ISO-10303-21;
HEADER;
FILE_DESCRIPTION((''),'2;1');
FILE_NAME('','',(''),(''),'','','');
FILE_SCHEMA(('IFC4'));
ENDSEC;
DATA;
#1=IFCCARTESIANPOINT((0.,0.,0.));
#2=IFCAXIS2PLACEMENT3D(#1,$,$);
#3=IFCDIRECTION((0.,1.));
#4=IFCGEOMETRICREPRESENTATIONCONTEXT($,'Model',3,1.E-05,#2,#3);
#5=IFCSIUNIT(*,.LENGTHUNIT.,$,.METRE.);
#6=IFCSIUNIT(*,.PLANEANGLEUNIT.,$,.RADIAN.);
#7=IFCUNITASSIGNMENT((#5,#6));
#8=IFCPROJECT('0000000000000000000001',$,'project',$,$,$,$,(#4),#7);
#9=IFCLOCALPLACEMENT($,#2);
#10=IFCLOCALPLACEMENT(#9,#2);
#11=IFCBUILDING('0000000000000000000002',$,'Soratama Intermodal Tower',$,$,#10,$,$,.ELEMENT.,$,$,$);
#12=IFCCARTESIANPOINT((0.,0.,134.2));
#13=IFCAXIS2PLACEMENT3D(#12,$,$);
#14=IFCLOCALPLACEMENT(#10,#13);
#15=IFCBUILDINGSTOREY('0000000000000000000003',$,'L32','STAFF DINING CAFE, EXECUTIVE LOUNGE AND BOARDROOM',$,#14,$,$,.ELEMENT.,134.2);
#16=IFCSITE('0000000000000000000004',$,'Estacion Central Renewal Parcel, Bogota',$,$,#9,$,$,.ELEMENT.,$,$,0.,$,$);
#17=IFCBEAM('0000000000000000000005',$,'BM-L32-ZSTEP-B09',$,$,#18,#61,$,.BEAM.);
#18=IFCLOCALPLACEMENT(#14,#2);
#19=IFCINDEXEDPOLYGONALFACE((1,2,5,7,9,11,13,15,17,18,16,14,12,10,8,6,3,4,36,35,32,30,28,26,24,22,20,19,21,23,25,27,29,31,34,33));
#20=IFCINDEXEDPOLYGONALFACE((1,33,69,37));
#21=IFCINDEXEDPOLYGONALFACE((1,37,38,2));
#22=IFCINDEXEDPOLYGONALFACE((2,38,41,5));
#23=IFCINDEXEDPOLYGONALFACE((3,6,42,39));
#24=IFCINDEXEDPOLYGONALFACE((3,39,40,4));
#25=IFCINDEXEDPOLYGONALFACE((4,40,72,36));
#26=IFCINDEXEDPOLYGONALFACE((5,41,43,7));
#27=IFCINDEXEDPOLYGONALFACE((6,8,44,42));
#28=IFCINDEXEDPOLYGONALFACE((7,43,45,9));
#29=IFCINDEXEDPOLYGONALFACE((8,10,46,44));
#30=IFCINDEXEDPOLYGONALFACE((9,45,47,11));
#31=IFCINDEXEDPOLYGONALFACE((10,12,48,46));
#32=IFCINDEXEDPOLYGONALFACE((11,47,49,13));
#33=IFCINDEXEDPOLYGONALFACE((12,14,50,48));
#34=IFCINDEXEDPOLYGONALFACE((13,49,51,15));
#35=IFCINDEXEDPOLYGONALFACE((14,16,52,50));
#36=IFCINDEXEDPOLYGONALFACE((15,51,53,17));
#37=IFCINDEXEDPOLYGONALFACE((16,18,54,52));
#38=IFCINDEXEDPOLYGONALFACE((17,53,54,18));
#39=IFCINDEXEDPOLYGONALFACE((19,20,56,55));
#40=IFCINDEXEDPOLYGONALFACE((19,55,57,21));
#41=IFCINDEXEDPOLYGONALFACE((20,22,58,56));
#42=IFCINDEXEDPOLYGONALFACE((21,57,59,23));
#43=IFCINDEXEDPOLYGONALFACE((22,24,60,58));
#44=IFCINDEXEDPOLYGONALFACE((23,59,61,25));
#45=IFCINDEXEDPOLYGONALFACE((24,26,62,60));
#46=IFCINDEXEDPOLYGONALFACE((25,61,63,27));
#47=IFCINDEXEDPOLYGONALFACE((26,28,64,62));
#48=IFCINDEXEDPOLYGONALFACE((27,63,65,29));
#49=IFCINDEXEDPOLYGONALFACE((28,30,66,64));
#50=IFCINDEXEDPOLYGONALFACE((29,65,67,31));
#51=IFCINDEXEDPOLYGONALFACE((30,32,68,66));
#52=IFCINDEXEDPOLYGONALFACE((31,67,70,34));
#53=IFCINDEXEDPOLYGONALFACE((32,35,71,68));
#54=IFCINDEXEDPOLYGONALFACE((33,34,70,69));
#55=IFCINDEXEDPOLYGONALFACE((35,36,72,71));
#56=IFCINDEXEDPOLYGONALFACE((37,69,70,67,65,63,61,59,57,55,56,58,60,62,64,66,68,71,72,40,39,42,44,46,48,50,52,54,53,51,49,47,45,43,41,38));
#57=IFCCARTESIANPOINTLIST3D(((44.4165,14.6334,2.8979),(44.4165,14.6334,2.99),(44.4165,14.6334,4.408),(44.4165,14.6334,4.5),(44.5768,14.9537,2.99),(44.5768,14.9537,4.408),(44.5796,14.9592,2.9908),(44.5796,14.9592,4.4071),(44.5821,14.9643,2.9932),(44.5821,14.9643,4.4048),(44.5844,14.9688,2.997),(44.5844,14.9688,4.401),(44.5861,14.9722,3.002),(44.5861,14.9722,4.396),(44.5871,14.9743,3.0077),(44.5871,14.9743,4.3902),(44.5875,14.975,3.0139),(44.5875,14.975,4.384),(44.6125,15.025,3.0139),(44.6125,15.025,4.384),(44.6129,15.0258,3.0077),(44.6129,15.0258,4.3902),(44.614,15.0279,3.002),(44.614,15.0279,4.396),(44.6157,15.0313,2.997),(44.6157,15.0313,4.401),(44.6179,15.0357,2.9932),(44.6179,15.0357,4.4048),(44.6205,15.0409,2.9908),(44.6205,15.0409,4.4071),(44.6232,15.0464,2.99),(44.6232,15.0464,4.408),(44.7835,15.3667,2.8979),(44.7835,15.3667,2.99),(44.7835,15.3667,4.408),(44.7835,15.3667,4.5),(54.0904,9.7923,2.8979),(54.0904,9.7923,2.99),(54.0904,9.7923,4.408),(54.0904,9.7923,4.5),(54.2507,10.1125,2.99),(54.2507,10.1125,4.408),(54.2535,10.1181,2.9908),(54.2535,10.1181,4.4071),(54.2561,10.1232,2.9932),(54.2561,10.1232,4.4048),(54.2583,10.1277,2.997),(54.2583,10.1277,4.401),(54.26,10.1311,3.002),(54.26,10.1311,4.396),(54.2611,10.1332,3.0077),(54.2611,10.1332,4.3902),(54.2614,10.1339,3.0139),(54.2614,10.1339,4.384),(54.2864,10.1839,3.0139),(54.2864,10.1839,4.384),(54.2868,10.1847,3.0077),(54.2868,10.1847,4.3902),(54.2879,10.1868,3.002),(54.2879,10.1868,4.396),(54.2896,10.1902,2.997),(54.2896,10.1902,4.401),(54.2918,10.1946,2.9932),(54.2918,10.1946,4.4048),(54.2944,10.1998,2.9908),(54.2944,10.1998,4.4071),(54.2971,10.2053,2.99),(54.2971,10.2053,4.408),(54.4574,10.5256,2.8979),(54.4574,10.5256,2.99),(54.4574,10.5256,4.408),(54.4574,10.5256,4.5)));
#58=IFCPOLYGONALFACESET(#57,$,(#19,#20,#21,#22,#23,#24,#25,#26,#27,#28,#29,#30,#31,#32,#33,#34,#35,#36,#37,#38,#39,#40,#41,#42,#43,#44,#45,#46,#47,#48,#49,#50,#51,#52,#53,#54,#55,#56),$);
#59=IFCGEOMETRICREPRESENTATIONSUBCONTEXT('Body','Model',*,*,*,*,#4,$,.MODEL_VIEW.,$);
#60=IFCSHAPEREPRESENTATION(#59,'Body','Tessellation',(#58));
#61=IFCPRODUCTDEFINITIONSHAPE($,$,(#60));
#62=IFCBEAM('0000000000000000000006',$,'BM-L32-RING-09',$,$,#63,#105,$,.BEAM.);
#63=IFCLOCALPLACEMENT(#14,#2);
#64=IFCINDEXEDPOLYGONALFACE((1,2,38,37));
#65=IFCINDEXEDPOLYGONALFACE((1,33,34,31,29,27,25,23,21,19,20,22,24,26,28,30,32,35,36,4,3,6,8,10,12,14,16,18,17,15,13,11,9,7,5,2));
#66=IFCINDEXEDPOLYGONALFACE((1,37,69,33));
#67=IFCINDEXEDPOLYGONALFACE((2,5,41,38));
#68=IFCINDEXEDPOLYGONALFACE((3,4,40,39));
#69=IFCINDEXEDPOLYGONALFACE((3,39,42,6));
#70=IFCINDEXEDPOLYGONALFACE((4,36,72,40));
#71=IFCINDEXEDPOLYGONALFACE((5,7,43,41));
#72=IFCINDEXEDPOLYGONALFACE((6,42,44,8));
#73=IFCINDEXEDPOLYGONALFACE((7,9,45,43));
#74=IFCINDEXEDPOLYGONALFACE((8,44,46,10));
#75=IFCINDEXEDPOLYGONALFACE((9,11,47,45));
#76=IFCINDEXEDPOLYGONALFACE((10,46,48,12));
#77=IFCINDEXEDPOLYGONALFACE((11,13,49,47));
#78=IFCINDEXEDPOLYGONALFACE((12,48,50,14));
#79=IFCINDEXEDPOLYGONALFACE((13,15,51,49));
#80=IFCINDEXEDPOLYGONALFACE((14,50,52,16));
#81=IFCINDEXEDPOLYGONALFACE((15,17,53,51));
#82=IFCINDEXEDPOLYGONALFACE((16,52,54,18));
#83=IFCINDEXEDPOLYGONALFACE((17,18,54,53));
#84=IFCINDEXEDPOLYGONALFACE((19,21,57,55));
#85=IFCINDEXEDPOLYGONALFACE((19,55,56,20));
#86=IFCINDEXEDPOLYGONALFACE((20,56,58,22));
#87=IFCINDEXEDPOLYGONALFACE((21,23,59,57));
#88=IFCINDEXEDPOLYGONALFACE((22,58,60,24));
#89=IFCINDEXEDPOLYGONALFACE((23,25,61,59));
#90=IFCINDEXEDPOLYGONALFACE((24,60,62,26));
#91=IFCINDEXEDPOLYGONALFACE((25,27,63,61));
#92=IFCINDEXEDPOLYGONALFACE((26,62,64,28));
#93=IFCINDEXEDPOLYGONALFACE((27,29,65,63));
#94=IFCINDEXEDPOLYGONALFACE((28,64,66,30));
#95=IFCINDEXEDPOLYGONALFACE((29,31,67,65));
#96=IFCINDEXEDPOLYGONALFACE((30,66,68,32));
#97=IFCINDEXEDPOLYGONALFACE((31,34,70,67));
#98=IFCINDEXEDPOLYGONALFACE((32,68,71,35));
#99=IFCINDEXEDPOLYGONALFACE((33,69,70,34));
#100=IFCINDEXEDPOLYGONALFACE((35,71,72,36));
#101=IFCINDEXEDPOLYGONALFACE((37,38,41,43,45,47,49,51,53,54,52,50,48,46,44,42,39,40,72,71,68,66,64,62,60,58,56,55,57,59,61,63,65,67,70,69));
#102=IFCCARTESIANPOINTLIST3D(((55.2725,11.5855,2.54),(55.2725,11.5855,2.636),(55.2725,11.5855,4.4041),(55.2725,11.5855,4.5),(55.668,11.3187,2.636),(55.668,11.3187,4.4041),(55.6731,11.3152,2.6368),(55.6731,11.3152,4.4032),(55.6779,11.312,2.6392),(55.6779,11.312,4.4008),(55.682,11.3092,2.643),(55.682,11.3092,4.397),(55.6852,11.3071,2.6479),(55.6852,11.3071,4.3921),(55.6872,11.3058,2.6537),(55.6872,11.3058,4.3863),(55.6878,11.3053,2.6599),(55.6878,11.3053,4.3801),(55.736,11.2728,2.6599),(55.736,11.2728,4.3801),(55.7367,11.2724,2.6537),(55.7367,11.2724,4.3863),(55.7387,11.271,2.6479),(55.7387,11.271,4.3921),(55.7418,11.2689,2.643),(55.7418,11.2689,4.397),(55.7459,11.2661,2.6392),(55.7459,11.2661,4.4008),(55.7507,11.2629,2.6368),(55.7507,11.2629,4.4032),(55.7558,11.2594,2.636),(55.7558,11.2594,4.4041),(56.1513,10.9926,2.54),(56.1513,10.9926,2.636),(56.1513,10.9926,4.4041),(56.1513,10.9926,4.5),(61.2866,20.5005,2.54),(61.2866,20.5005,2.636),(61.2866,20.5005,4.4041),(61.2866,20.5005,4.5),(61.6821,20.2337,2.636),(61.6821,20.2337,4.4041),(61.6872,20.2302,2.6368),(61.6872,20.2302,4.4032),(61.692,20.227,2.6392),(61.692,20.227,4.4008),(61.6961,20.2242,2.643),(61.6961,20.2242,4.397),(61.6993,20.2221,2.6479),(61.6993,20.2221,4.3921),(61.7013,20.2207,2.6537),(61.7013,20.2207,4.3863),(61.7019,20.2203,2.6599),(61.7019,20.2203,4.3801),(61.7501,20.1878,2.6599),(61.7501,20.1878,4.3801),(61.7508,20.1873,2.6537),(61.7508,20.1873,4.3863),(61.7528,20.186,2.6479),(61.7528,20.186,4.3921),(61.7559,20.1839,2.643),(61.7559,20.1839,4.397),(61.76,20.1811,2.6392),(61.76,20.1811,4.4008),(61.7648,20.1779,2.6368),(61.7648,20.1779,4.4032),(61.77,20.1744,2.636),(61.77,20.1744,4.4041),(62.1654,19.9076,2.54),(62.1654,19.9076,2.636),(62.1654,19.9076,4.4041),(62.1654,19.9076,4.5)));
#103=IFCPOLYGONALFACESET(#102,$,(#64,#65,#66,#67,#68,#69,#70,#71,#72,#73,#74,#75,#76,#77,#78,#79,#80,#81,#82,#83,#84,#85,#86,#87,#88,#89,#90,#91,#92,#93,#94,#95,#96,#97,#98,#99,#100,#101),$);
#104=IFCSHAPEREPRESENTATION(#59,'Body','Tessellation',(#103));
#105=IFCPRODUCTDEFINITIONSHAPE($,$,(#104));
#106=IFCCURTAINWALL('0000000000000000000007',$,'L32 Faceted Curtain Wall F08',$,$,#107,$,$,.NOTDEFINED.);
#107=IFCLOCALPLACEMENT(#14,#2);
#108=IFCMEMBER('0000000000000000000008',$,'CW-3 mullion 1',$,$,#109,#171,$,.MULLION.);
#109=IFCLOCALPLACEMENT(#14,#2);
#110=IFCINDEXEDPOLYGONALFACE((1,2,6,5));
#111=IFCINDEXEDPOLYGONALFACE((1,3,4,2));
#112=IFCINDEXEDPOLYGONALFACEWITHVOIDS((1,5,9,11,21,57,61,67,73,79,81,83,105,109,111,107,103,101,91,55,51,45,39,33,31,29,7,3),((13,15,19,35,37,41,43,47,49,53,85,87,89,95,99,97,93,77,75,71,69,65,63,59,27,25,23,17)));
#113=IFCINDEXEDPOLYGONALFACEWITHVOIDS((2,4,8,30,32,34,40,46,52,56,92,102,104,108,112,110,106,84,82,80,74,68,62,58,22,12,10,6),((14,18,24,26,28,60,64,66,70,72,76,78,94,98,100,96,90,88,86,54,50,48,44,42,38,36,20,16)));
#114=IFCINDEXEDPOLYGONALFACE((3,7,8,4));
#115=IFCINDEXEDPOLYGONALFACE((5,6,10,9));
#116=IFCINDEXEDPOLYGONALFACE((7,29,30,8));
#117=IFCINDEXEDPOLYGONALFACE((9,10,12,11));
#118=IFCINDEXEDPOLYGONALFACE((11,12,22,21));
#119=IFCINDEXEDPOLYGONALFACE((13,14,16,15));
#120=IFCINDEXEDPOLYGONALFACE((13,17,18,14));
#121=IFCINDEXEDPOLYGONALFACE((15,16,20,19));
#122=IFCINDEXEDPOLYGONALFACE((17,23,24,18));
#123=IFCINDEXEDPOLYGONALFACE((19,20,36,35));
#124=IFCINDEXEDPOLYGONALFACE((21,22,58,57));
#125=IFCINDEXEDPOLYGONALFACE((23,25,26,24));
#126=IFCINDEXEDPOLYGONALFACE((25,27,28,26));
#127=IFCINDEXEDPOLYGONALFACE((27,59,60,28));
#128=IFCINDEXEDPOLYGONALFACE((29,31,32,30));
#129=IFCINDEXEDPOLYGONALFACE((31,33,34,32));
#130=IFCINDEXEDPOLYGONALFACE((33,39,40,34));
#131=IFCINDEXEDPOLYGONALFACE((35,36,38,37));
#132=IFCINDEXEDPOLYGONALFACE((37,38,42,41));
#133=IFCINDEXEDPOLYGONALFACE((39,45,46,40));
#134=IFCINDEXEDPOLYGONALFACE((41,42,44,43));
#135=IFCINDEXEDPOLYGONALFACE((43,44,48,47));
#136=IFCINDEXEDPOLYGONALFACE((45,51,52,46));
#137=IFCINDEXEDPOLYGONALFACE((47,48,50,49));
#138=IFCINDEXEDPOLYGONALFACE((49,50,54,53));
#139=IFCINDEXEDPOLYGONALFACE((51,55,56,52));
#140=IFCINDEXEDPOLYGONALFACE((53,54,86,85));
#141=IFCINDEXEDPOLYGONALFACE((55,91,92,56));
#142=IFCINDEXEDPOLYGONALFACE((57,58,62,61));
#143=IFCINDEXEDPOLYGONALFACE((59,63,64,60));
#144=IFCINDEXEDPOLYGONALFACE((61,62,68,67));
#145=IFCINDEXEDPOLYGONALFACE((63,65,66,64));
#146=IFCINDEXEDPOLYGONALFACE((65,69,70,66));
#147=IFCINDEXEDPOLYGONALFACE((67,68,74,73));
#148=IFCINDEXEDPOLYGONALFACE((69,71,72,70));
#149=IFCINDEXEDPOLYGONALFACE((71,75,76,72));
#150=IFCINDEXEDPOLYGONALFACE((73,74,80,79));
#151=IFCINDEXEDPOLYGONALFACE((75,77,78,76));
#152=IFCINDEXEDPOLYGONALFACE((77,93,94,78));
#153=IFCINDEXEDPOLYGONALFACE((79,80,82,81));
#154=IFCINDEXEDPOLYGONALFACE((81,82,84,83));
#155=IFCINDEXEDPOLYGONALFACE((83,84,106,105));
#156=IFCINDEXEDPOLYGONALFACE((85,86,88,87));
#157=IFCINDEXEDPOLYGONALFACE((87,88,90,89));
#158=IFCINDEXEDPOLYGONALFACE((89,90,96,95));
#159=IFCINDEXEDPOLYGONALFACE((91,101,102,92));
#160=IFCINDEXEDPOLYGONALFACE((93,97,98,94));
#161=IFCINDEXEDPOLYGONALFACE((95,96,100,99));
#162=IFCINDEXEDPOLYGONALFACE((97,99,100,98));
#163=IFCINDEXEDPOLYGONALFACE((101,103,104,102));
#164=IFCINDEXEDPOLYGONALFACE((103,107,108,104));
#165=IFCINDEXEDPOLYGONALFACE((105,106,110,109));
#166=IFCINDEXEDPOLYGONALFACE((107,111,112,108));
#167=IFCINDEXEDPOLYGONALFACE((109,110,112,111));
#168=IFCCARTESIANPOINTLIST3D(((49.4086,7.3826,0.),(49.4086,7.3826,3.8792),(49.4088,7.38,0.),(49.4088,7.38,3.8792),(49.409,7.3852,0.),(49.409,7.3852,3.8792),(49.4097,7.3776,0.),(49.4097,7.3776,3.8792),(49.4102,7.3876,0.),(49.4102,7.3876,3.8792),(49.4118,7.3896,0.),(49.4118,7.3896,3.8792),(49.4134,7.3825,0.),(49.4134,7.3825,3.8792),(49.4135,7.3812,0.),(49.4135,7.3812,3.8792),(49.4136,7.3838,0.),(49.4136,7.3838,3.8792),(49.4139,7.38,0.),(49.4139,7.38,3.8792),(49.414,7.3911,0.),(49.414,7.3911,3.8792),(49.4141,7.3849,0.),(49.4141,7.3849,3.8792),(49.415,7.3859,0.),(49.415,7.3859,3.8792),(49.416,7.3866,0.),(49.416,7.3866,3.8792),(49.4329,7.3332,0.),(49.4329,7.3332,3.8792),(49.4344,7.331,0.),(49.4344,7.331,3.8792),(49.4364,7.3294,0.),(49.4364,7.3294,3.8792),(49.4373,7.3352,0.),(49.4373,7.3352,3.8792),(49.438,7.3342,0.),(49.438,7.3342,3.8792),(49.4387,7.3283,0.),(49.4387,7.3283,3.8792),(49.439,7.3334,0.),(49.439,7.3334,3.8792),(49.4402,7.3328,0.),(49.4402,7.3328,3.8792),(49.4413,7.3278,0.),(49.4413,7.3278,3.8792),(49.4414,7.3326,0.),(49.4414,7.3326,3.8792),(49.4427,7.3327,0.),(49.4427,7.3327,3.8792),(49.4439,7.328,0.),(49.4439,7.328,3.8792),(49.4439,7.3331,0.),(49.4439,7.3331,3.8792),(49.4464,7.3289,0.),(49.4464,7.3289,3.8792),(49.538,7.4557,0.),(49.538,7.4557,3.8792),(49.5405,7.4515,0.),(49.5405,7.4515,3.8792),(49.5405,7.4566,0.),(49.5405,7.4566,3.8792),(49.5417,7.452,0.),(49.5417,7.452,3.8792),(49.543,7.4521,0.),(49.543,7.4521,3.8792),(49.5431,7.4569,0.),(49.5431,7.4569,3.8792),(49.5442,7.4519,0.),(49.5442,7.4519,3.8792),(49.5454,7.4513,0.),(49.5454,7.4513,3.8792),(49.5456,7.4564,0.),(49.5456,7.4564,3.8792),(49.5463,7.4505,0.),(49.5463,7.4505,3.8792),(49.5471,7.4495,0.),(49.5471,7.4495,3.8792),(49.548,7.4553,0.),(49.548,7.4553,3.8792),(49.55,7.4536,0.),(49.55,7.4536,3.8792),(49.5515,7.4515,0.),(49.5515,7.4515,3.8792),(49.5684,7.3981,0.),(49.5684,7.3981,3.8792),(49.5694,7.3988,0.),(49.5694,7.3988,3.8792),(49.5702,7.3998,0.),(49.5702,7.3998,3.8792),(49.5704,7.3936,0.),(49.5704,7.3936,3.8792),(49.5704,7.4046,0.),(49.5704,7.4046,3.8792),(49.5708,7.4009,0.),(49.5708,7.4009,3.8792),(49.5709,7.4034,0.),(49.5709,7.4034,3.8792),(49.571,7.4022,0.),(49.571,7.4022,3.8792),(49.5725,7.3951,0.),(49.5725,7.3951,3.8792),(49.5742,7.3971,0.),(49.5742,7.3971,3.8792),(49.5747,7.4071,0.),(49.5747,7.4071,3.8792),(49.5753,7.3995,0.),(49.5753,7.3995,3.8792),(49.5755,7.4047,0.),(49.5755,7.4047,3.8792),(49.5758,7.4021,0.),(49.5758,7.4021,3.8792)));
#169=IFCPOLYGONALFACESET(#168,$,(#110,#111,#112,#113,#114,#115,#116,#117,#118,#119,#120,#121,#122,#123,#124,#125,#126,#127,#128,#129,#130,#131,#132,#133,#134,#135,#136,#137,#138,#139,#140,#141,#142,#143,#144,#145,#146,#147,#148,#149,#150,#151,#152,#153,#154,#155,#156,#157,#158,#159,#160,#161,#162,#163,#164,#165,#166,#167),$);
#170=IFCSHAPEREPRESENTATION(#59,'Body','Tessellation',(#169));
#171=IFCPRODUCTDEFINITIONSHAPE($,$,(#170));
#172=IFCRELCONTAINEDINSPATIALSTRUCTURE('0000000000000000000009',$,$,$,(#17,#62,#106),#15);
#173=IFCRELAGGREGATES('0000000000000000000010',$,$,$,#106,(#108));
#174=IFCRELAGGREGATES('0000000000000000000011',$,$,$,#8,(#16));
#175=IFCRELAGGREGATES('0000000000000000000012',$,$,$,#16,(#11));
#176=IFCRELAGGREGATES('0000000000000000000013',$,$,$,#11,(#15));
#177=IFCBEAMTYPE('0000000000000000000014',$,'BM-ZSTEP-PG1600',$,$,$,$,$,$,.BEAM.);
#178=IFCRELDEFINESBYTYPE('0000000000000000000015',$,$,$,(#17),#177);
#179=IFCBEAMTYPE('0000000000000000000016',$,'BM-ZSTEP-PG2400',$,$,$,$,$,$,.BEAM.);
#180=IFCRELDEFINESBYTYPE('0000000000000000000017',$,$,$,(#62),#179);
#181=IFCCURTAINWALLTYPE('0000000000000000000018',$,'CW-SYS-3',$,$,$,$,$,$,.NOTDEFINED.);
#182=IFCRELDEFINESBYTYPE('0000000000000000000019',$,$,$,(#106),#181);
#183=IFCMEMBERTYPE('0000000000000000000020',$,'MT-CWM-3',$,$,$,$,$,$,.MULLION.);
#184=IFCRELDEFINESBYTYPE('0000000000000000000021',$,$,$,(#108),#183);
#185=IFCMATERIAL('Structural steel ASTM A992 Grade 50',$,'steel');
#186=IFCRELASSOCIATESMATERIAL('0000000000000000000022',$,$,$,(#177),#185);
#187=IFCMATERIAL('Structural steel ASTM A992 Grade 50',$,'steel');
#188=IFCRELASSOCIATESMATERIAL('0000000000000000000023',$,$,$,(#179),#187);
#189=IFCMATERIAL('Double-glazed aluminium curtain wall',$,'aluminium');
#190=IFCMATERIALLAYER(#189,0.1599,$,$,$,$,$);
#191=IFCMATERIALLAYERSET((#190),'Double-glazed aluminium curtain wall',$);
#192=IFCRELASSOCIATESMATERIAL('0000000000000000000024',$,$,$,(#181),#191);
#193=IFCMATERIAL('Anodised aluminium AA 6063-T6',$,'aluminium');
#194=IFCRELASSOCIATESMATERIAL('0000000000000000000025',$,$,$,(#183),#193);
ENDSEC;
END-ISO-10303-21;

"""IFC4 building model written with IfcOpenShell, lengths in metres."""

from ifc_helpers import new_model, si_unit, direction, frame, origin, origin_2d, place, context, subcontext, project, spatial, hollow_rectangle, i_section, extrude, material, layer, layer_set, material_profile, profile_set, type_object, element, aggregate, save


model = new_model("IFC4")

# Units and contexts
model_context = context("Model", 3, precision=1e-05, world=origin(), true_north=direction((0.0, 1.0)))
body_context = subcontext(model_context, "Body", "Model", "MODEL_VIEW")
ifc_project = project(units=[si_unit("LENGTHUNIT", "METRE"), si_unit("PLANEANGLEUNIT", "RADIAN")], contexts=[model_context])

# Site, building, storey
site_placement = place(None, origin())
site = spatial("IfcSite", under=ifc_project, at=site_placement, Name="Estacion Central Renewal Parcel, Bogota", CompositionType="ELEMENT", RefElevation=0.0)
building_placement = place(site_placement, origin())
building = spatial("IfcBuilding", under=site, at=building_placement, Name="Soratama Intermodal Tower", CompositionType="ELEMENT")
storey_placement = place(building_placement, frame((0.0, 0.0, 134.2)))
storey = spatial("IfcBuildingStorey", under=building, at=storey_placement, Name="L32", Description="STAFF DINING CAFE, EXECUTIVE LOUNGE AND BOARDROOM", CompositionType="ELEMENT", Elevation=134.2)

# Beams
ifc_material_1 = material(Name="Structural steel ASTM A992 Grade 50", Category="steel")
ifc_material_profile_1 = material_profile(ifc_material_1, i_section(OverallWidth=0.8201, OverallDepth=1.6021, WebThickness=0.0559, FlangeThickness=0.092, FilletRadius=0.0239, at=origin_2d()), Name="PG1600X650")
ifc_profile_set_1 = profile_set([ifc_material_profile_1], Name="Structural steel ASTM A992 Grade 50")
beam_type_1 = type_object("IfcBeamType", Name="BM-ZSTEP-PG1600", PredefinedType="BEAM", material=ifc_profile_set_1)
beam_1_placement = place(storey_placement, frame((54.2739, 10.1589, 3.699), z_axis=(-0.894274, 0.447521, 0.0), x_axis=(-0.447521, -0.894274, 0.0)))
element("IfcBeam", 1, at=beam_1_placement, inside=storey, type_object=beam_type_1, Name="BM-L32-ZSTEP-B09", PredefinedType="BEAM", context=body_context, shape_type="SweptSolid", body=[
    extrude(i_section(OverallWidth=0.8201, OverallDepth=1.6021, WebThickness=0.0559, FlangeThickness=0.092, FilletRadius=0.0239, at=origin_2d()), origin(), (0.0, 0.0, 1.0), 10.8176),
])
ifc_material_2 = material(Name="Structural steel ASTM A992 Grade 50", Category="steel")
ifc_material_profile_2 = material_profile(ifc_material_2, i_section(OverallWidth=1.0601, OverallDepth=1.96, WebThickness=0.0581, FlangeThickness=0.0959, FilletRadius=0.0239, at=origin_2d()), Name="PG2400X900")
ifc_profile_set_2 = profile_set([ifc_material_profile_2], Name="Structural steel ASTM A992 Grade 50")
beam_type_2 = type_object("IfcBeamType", Name="BM-ZSTEP-PG2400", PredefinedType="BEAM", material=ifc_profile_set_2)
beam_2_placement = place(storey_placement, frame((55.7119, 11.2891, 3.52), z_axis=(0.55925, 0.828999, 0.0), x_axis=(-0.828999, 0.55925, 0.0)))
element("IfcBeam", 2, at=beam_2_placement, inside=storey, type_object=beam_type_2, Name="BM-L32-RING-09", PredefinedType="BEAM", context=body_context, shape_type="SweptSolid", body=[
    extrude(i_section(OverallWidth=1.0601, OverallDepth=1.96, WebThickness=0.0581, FlangeThickness=0.0959, FilletRadius=0.0239, at=origin_2d()), origin(), (0.0, 0.0, 1.0), 10.7539),
])

# Curtain wall, member
ifc_material_3 = material(Name="Double-glazed aluminium curtain wall", Category="aluminium")
ifc_layer_1 = layer(ifc_material_3, 0.1599)
ifc_layer_set_1 = layer_set([ifc_layer_1], Name="Double-glazed aluminium curtain wall")
curtain_wall_type = type_object("IfcCurtainWallType", Name="CW-SYS-3", PredefinedType="NOTDEFINED", material=ifc_layer_set_1)
curtain_wall_placement = place(storey_placement, origin())
curtain_wall = element("IfcCurtainWall", 3, at=curtain_wall_placement, inside=storey, type_object=curtain_wall_type, Name="L32 Faceted Curtain Wall F08", PredefinedType="NOTDEFINED")
ifc_material_4 = material(Name="Anodised aluminium AA 6063-T6", Category="aluminium")
ifc_material_profile_3 = material_profile(ifc_material_4, hollow_rectangle(XDim=0.0701, YDim=0.1599, WallThickness=0.0049, InnerFilletRadius=0.0049, OuterFilletRadius=0.01, at=origin_2d()), Name="CWM160X70X5")
ifc_profile_set_3 = profile_set([ifc_material_profile_3], Name="Anodised aluminium AA 6063-T6")
member_type_1 = type_object("IfcMemberType", Name="MT-CWM-3", PredefinedType="MULLION", material=ifc_profile_set_3)
member_1_placement = place(storey_placement, frame((49.4922, 7.3923, 0.0), z_axis=(0.0, 0.0, 1.0), x_axis=(-0.462359, 0.886693, 0.0)))
member_1 = element("IfcMember", 4, at=member_1_placement, type_object=member_type_1, Name="CW-3 mullion 1", PredefinedType="MULLION", context=body_context, shape_type="SweptSolid", body=[
    extrude(hollow_rectangle(XDim=0.0701, YDim=0.1599, WallThickness=0.0049, InnerFilletRadius=0.0049, OuterFilletRadius=0.01, at=origin_2d()), origin(), (0.0, 0.0, 1.0), 3.8792),
])
aggregate(curtain_wall, [member_1])

save(model, "model.ifc")
